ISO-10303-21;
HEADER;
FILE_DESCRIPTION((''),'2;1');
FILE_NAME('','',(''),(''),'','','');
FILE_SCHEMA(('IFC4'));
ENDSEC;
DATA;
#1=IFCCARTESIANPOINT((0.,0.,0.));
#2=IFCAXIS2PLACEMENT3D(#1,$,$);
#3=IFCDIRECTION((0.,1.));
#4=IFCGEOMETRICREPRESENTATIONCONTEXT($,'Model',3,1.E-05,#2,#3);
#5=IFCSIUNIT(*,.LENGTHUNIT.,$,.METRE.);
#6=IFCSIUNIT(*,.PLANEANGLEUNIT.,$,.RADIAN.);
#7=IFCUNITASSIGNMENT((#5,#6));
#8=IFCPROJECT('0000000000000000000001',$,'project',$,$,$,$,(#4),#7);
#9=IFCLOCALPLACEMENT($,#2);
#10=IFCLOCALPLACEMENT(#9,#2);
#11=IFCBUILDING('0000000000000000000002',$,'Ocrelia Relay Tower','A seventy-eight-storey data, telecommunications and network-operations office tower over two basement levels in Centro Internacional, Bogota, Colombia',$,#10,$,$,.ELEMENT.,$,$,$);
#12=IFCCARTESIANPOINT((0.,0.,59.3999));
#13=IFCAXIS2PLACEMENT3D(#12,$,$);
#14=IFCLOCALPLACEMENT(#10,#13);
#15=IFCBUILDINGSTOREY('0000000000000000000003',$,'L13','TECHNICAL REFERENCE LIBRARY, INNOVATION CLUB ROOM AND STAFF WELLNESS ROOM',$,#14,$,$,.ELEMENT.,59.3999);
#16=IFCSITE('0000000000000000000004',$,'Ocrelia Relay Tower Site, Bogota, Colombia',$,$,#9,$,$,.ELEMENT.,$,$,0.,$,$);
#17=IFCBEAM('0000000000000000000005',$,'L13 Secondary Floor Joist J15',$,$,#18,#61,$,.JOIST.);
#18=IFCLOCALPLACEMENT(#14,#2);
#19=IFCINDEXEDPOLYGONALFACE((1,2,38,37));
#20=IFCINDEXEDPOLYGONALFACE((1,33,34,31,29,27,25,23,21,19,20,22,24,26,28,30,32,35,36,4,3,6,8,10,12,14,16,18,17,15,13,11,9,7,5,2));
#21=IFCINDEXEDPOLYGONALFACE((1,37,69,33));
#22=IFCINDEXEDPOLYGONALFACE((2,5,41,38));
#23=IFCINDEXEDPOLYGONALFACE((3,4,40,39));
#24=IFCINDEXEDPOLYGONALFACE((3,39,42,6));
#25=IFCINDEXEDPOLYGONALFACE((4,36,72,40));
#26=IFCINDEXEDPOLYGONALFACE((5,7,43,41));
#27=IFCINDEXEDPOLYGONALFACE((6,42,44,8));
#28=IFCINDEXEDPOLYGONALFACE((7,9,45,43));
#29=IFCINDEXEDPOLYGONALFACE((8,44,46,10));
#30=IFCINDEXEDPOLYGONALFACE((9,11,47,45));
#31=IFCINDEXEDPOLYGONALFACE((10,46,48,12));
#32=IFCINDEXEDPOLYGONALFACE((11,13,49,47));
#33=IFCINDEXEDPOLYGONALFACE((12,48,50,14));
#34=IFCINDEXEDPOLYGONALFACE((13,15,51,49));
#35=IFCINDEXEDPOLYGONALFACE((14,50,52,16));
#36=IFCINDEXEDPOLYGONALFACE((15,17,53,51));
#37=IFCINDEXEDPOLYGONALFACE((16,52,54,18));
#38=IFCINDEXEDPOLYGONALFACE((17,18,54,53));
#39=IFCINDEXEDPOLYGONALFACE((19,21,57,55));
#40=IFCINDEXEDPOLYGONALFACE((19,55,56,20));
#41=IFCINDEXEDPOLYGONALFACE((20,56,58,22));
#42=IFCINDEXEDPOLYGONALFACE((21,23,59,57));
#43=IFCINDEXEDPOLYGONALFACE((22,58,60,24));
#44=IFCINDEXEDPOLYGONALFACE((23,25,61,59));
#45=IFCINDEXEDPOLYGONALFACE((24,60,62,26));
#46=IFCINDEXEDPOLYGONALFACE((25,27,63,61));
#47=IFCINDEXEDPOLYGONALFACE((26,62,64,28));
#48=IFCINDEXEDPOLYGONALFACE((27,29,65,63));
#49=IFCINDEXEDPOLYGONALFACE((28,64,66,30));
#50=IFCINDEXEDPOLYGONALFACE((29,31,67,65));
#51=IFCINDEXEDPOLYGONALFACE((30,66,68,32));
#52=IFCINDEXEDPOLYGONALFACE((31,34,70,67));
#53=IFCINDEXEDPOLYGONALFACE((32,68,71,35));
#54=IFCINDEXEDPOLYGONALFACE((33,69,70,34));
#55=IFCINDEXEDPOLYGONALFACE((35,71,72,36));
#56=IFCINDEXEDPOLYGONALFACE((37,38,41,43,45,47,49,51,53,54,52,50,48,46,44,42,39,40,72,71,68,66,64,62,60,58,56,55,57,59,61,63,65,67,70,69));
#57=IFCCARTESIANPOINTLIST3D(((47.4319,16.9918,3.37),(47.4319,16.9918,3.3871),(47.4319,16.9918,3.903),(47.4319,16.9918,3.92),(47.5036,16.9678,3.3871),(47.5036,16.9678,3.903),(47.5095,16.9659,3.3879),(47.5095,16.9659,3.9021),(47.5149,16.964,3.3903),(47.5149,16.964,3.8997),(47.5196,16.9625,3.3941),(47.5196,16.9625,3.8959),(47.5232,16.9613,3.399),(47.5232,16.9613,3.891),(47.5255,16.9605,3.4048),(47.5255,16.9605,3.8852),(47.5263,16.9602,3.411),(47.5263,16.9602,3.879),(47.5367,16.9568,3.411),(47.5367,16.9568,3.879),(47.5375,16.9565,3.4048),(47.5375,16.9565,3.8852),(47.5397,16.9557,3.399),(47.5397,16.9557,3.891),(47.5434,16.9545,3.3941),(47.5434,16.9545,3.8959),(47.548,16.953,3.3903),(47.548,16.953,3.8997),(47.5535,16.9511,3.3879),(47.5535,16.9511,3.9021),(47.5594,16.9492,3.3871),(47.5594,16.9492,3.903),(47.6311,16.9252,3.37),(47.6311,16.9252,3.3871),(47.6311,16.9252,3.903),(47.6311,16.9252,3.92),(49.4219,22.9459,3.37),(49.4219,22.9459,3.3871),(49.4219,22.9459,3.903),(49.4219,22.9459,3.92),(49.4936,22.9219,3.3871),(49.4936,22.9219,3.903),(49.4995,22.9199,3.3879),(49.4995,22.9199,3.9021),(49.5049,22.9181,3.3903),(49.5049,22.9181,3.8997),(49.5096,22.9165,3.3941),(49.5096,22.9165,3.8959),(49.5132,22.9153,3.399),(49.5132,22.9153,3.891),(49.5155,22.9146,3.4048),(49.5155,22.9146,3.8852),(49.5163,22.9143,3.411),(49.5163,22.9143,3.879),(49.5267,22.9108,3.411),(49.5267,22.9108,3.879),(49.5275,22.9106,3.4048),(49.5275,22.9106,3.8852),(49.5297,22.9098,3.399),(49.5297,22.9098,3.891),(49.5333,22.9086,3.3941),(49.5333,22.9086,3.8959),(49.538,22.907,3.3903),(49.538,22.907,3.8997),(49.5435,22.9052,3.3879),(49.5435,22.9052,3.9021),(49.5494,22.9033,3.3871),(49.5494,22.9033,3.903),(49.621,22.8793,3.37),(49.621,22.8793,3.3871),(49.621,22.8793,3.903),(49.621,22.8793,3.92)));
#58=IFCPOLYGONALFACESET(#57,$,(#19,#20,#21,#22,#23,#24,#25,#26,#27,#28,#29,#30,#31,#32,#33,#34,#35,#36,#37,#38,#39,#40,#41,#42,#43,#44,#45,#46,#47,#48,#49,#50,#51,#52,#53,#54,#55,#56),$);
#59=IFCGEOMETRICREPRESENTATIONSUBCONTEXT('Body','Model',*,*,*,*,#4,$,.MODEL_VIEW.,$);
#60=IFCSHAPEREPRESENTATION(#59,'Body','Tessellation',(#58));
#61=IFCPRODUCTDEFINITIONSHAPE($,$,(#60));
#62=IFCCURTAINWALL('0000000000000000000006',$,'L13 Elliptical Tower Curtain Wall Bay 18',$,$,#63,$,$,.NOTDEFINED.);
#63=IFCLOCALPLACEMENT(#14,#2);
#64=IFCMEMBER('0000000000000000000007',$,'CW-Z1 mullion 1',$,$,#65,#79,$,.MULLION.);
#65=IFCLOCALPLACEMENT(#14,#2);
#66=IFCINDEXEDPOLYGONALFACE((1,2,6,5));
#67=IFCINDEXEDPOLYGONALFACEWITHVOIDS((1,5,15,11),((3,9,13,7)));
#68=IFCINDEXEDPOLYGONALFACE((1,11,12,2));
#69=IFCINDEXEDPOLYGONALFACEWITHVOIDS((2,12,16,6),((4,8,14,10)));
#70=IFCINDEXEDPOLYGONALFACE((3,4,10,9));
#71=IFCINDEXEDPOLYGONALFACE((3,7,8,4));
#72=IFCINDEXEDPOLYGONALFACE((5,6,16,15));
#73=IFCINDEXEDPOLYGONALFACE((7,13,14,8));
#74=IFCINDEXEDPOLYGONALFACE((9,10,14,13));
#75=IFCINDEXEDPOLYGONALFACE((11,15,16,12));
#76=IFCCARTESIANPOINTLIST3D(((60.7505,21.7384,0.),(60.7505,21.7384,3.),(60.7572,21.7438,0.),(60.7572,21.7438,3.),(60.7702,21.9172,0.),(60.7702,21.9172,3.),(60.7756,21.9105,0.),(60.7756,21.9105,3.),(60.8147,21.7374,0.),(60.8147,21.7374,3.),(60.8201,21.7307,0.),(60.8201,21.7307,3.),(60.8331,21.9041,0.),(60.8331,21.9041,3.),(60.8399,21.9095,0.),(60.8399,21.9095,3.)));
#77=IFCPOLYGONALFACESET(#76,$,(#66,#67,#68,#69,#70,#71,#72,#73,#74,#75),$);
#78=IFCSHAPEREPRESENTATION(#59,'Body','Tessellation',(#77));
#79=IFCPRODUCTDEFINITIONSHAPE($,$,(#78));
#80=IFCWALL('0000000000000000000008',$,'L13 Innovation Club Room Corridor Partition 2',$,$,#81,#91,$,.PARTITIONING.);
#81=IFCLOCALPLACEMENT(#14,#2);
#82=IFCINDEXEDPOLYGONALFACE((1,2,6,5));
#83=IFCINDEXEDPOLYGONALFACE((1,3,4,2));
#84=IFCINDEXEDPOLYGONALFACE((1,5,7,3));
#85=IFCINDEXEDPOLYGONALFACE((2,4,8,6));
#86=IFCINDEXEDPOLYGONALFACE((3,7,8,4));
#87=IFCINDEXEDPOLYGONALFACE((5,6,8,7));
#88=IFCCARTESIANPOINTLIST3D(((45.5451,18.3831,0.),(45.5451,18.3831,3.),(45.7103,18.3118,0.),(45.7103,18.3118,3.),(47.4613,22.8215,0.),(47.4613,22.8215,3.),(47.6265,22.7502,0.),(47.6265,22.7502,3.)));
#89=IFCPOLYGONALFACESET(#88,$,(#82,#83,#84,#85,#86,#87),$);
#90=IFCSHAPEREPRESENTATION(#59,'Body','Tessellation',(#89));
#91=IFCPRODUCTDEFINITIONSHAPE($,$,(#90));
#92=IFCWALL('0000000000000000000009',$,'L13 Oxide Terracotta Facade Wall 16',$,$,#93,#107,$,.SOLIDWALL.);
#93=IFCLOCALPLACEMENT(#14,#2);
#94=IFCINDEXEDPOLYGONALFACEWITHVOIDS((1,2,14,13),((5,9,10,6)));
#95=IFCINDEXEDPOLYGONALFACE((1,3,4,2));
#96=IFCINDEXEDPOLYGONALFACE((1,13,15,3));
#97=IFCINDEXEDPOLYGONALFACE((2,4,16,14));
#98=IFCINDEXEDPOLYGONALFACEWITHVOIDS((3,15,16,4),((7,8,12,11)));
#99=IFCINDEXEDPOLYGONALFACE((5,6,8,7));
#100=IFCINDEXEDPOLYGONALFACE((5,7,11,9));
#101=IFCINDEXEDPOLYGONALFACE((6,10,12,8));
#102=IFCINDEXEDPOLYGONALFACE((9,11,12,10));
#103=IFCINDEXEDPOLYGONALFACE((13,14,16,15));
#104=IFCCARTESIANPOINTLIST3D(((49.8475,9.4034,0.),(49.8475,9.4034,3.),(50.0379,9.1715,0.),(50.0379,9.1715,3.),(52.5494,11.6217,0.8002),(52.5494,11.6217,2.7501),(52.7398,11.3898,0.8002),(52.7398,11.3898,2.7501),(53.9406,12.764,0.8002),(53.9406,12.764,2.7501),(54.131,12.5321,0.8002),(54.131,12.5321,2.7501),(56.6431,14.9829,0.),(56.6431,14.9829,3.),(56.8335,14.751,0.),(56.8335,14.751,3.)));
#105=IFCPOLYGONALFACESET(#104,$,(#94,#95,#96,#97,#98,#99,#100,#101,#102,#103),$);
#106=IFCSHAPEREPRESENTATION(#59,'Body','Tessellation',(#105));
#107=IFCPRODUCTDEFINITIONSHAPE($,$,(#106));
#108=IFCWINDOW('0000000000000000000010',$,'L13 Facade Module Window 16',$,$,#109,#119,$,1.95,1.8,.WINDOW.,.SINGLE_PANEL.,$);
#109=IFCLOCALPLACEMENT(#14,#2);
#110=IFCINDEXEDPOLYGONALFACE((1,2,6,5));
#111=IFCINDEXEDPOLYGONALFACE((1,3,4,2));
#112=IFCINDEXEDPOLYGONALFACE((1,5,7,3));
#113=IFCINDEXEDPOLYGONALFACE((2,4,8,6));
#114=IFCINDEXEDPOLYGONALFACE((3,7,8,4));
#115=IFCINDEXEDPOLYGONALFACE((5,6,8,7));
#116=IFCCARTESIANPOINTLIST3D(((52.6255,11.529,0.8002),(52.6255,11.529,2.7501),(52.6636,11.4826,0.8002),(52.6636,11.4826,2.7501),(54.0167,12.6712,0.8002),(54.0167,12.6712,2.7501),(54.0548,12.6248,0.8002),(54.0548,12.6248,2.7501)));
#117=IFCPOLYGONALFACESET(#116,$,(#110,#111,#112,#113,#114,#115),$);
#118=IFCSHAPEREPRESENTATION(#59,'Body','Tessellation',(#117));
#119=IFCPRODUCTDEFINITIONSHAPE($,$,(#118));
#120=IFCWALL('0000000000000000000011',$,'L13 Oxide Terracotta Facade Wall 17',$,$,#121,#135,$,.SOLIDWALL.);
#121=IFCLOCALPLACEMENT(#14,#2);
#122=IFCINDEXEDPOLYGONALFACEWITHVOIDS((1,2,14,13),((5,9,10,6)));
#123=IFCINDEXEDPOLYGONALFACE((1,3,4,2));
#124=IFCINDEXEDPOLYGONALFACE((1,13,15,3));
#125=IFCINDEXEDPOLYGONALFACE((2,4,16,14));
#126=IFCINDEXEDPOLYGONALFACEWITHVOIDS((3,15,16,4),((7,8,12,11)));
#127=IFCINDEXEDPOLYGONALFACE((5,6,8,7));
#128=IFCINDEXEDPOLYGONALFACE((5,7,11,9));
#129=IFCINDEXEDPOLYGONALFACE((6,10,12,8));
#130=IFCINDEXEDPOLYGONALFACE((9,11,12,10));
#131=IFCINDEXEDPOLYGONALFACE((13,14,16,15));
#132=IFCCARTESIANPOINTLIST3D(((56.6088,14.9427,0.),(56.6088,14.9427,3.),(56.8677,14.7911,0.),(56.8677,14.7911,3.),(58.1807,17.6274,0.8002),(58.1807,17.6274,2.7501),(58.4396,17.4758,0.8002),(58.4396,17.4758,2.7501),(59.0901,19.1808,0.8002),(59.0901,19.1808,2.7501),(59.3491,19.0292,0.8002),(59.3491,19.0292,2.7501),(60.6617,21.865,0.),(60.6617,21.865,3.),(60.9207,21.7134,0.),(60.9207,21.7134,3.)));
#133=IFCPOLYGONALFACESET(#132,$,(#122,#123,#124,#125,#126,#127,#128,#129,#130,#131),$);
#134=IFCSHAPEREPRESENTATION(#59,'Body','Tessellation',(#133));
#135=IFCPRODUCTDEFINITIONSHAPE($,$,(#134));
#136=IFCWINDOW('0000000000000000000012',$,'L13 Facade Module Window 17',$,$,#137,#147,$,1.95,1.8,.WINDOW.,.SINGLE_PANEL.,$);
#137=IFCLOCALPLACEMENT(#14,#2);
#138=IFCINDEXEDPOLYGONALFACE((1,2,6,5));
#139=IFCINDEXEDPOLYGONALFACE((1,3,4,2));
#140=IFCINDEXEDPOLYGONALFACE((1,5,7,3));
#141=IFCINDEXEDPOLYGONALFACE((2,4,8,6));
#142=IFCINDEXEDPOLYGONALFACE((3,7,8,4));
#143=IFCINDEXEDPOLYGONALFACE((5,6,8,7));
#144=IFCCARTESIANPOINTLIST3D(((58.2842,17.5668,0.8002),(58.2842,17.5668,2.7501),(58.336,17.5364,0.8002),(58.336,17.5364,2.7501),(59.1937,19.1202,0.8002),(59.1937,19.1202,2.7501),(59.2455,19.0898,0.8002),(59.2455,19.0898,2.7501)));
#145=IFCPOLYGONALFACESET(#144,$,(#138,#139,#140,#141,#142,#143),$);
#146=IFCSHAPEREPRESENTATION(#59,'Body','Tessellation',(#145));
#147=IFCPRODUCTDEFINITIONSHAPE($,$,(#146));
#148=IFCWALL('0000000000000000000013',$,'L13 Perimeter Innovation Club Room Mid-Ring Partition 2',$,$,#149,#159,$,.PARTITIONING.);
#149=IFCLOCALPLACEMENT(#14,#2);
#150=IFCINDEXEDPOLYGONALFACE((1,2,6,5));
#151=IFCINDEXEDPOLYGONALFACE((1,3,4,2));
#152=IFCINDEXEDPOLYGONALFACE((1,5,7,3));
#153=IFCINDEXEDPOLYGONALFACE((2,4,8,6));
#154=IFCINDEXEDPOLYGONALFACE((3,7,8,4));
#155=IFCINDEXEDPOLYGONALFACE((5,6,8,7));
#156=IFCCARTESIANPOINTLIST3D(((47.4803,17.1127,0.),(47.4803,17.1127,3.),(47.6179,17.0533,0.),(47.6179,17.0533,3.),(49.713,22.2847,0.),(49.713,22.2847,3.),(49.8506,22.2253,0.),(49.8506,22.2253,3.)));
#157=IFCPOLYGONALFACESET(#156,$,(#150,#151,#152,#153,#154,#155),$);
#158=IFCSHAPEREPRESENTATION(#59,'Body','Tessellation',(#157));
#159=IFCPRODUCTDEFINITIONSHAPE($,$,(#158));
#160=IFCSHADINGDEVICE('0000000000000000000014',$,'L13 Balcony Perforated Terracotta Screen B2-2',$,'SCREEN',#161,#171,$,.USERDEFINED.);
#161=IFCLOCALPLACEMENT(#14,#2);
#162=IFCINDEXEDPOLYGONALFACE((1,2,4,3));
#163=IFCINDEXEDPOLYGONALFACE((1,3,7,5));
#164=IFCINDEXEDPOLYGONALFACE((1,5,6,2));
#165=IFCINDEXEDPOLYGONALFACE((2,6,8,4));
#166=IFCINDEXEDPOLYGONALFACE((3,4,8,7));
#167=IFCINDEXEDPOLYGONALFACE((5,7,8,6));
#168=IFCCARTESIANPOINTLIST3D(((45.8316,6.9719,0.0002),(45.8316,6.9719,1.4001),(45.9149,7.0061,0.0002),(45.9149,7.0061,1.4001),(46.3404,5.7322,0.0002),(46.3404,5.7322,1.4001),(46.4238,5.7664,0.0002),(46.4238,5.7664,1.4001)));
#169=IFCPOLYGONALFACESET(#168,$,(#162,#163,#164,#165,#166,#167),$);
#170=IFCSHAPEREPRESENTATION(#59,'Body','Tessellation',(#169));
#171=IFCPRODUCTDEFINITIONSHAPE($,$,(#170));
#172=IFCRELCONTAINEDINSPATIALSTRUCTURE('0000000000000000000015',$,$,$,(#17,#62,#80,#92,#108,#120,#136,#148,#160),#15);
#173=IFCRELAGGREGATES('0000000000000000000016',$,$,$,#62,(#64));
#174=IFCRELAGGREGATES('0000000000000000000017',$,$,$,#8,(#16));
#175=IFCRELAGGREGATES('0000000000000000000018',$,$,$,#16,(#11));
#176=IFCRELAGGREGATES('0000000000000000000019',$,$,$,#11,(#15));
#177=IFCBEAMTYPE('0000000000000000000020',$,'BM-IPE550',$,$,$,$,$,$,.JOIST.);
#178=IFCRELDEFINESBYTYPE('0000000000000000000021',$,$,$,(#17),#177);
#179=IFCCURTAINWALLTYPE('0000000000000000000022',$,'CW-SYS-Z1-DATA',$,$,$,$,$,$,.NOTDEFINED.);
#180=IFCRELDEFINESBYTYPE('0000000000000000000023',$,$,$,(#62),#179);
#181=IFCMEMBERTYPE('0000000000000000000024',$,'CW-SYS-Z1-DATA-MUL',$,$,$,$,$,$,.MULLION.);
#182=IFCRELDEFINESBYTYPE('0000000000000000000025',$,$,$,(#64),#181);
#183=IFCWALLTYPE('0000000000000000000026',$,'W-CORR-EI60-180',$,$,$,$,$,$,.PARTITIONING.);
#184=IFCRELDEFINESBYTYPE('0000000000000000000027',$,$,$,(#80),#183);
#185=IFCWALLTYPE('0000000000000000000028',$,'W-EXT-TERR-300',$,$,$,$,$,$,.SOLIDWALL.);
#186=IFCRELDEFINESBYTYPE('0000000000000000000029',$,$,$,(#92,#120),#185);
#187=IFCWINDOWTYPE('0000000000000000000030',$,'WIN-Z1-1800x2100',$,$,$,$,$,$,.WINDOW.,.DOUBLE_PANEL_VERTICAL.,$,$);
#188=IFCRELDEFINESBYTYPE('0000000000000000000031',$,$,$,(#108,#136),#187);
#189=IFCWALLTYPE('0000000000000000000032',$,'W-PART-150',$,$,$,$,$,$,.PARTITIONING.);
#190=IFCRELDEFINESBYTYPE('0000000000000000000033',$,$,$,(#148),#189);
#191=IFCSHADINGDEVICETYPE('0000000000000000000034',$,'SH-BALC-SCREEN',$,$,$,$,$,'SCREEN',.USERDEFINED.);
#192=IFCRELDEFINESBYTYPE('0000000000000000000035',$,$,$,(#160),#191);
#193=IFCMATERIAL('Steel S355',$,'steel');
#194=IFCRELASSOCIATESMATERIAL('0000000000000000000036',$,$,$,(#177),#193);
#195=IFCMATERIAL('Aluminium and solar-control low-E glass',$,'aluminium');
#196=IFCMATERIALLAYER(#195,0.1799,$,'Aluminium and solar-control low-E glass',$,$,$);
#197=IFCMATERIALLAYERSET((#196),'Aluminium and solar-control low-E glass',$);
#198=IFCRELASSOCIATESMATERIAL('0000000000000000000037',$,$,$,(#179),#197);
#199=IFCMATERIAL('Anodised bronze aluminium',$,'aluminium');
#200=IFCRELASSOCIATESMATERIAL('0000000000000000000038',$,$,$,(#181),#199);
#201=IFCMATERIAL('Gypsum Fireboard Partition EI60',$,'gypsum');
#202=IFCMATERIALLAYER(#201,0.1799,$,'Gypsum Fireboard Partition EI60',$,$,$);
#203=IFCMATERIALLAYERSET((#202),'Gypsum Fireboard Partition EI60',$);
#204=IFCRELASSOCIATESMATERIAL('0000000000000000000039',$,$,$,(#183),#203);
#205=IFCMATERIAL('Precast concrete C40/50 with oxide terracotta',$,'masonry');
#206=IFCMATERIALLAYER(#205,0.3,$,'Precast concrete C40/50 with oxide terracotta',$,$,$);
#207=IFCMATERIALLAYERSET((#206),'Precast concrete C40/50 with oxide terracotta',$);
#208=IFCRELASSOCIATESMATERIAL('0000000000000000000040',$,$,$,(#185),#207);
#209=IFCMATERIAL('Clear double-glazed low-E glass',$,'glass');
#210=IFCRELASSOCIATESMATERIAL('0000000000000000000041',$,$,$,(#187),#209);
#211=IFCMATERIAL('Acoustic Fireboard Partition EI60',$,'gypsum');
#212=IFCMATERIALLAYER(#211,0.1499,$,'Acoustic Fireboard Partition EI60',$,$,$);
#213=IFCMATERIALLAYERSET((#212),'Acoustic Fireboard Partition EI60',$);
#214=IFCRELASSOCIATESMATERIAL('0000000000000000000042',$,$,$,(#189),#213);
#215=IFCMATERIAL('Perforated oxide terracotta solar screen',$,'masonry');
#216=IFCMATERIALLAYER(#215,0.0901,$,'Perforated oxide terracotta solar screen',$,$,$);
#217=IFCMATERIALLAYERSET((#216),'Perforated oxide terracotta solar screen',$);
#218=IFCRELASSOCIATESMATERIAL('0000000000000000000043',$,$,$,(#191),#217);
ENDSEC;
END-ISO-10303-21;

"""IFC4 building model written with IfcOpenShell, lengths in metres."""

from ifc_helpers import new_model, si_unit, direction, frame, frame_2d, origin, origin_2d, place, context, subcontext, project, spatial, rectangle, hollow_rectangle, i_section, extrude, material, layer, layer_set, material_profile, profile_set, type_object, element, fill, aggregate, save


model = new_model("IFC4")

# Units and contexts
model_context = context("Model", 3, precision=1e-05, world=origin(), true_north=direction((0.0, 1.0)))
body_context = subcontext(model_context, "Body", "Model", "MODEL_VIEW")
ifc_project = project(units=[si_unit("LENGTHUNIT", "METRE"), si_unit("PLANEANGLEUNIT", "RADIAN")], contexts=[model_context])

# Site, building, storey
site_placement = place(None, origin())
site = spatial("IfcSite", under=ifc_project, at=site_placement, Name="Ocrelia Relay Tower Site, Bogota, Colombia", CompositionType="ELEMENT", RefElevation=0.0)
building_placement = place(site_placement, origin())
building = spatial("IfcBuilding", under=site, at=building_placement, Name="Ocrelia Relay Tower", Description="A seventy-eight-storey data, telecommunications and network-operations office tower over two basement levels in Centro Internacional, Bogota, Colombia", CompositionType="ELEMENT")
storey_placement = place(building_placement, frame((0.0, 0.0, 59.3999)))
storey = spatial("IfcBuildingStorey", under=building, at=storey_placement, Name="L13", Description="TECHNICAL REFERENCE LIBRARY, INNOVATION CLUB ROOM AND STAFF WELLNESS ROOM", CompositionType="ELEMENT", Elevation=59.3999)

# Beam
ifc_material_1 = material(Name="Steel S355", Category="steel")
ifc_material_profile_1 = material_profile(ifc_material_1, i_section(OverallWidth=0.21, OverallDepth=0.55, WebThickness=0.011, FlangeThickness=0.0171, FilletRadius=0.0239, at=origin_2d()), Name="IPE 550")
ifc_profile_set_1 = profile_set([ifc_material_profile_1], Name="Steel S355")
beam_type_1 = type_object("IfcBeamType", Name="BM-IPE550", PredefinedType="JOIST", material=ifc_profile_set_1)
beam_1_placement = place(storey_placement, frame((47.5315, 16.9585, 3.645), z_axis=(0.316986, 0.94843, 0.0), x_axis=(-0.94843, 0.316986, 0.0)))
element("IfcBeam", 1, at=beam_1_placement, inside=storey, type_object=beam_type_1, Name="L13 Secondary Floor Joist J15", PredefinedType="JOIST", context=body_context, shape_type="SweptSolid", body=[
    extrude(i_section(OverallWidth=0.21, OverallDepth=0.55, WebThickness=0.011, FlangeThickness=0.0171, FilletRadius=0.0239, at=origin_2d()), origin(), (0.0, 0.0, 1.0), 6.2778),
])

# Curtain wall, member
ifc_material_2 = material(Name="Aluminium and solar-control low-E glass", Category="aluminium")
ifc_layer_1 = layer(ifc_material_2, 0.1799, Name="Aluminium and solar-control low-E glass")
ifc_layer_set_1 = layer_set([ifc_layer_1], Name="Aluminium and solar-control low-E glass")
curtain_wall_type = type_object("IfcCurtainWallType", Name="CW-SYS-Z1-DATA", PredefinedType="NOTDEFINED", material=ifc_layer_set_1)
curtain_wall_placement = place(storey_placement, origin())
curtain_wall = element("IfcCurtainWall", 2, at=curtain_wall_placement, inside=storey, type_object=curtain_wall_type, Name="L13 Elliptical Tower Curtain Wall Bay 18", PredefinedType="NOTDEFINED")
ifc_material_3 = material(Name="Anodised bronze aluminium", Category="aluminium")
ifc_material_profile_2 = material_profile(ifc_material_3, hollow_rectangle(XDim=0.0701, YDim=0.1799, WallThickness=0.0061, at=origin_2d()), Name="CW-MUL-180x70")
ifc_profile_set_2 = profile_set([ifc_material_profile_2], Name="Anodised bronze aluminium")
member_type = type_object("IfcMemberType", Name="CW-SYS-Z1-DATA-MUL", PredefinedType="MULLION", material=ifc_profile_set_2)
member_placement = place(storey_placement, frame((60.7952, 21.824, 0.0), z_axis=(0.0, 0.0, 1.0), x_axis=(-0.993941, 0.109919, 0.0)))
member = element("IfcMember", 3, at=member_placement, type_object=member_type, Name="CW-Z1 mullion 1", PredefinedType="MULLION", context=body_context, shape_type="SweptSolid", body=[
    extrude(hollow_rectangle(XDim=0.0701, YDim=0.1799, WallThickness=0.0061, at=origin_2d()), origin(), (0.0, 0.0, 1.0), 3.0),
])
aggregate(curtain_wall, [member])

# Wall
ifc_material_4 = material(Name="Gypsum Fireboard Partition EI60", Category="gypsum")
ifc_layer_2 = layer(ifc_material_4, 0.1799, Name="Gypsum Fireboard Partition EI60")
ifc_layer_set_2 = layer_set([ifc_layer_2], Name="Gypsum Fireboard Partition EI60")
wall_type_1 = type_object("IfcWallType", Name="W-CORR-EI60-180", PredefinedType="PARTITIONING", material=ifc_layer_set_2)
wall_1_placement = place(storey_placement, frame((45.6277, 18.3474, 0.0), z_axis=(0.0, 0.0, 1.0), x_axis=(0.396374, 0.918089, 0.0)))
element("IfcWall", 4, at=wall_1_placement, inside=storey, type_object=wall_type_1, Name="L13 Innovation Club Room Corridor Partition 2", PredefinedType="PARTITIONING", context=body_context, shape_type="SweptSolid", body=[
    extrude(rectangle(XDim=4.8345, YDim=0.1799, at=frame_2d((2.4172, 0.0))), origin(), (0.0, 0.0, 1.0), 3.0),
])

# Walls, openings, windows
ifc_material_5 = material(Name="Precast concrete C40/50 with oxide terracotta", Category="masonry")
ifc_layer_3 = layer(ifc_material_5, 0.3, Name="Precast concrete C40/50 with oxide terracotta")
ifc_layer_set_3 = layer_set([ifc_layer_3], Name="Precast concrete C40/50 with oxide terracotta")
wall_type_2 = type_object("IfcWallType", Name="W-EXT-TERR-300", PredefinedType="SOLIDWALL", material=ifc_layer_set_3)
wall_2_placement = place(storey_placement, frame((49.9426, 9.2874, 0.0), z_axis=(0.0, 0.0, 1.0), x_axis=(0.772869, 0.634566, 0.0)))
wall_2 = element("IfcWall", 5, at=wall_2_placement, inside=storey, type_object=wall_type_2, Name="L13 Oxide Terracotta Facade Wall 16", PredefinedType="SOLIDWALL", context=body_context, shape_type="SweptSolid", body=[
    extrude(rectangle(XDim=8.7927, YDim=0.3, at=frame_2d((4.3965, 0.0))), origin(), (0.0, 0.0, 1.0), 3.0),
])
opening_1_placement = place(wall_2_placement, frame((3.4961, 0.0, 0.8)))
opening_1 = element("IfcOpeningElement", 6, at=opening_1_placement, cuts=wall_2, PredefinedType="OPENING", context=body_context, shape_type="SweptSolid", body=[
    extrude(rectangle(XDim=1.8, YDim=1.95, at=frame_2d((0.8999, 0.9751))), frame((0.0, 0.1602, 0.0), z_axis=(0.0, -1.0, 0.0), x_axis=(1.0, 0.0, 0.0)), (0.0, 0.0, 1.0), 0.3201),
])
ifc_material_6 = material(Name="Clear double-glazed low-E glass", Category="glass")
window_type = type_object("IfcWindowType", Name="WIN-Z1-1800x2100", PartitioningType="DOUBLE_PANEL_VERTICAL", PredefinedType="WINDOW", material=ifc_material_6)
window_1_placement = place(opening_1_placement, origin())
window_1 = element("IfcWindow", 7, at=window_1_placement, inside=storey, type_object=window_type, Name="L13 Facade Module Window 16", OverallHeight=1.95, OverallWidth=1.8, PartitioningType="SINGLE_PANEL", PredefinedType="WINDOW", context=body_context, shape_type="SweptSolid", body=[
    extrude(rectangle(XDim=1.8, YDim=1.95, at=frame_2d((0.8999, 0.9751))), frame((0.0, 0.03, 0.0), z_axis=(0.0, -1.0, 0.0), x_axis=(1.0, 0.0, 0.0)), (0.0, 0.0, 1.0), 0.0601),
])
fill(opening_1, window_1)
wall_3_placement = place(storey_placement, frame((56.7383, 14.8669, 0.0), z_axis=(0.0, 0.0, 1.0), x_axis=(0.505259, 0.862968, 0.0)))
wall_3 = element("IfcWall", 8, at=wall_3_placement, inside=storey, type_object=wall_type_2, Name="L13 Oxide Terracotta Facade Wall 17", PredefinedType="SOLIDWALL", context=body_context, shape_type="SweptSolid", body=[
    extrude(rectangle(XDim=8.0215, YDim=0.3, at=frame_2d((4.0107, 0.0))), origin(), (0.0, 0.0, 1.0), 3.0),
])
opening_2_placement = place(wall_3_placement, frame((3.1111, 0.0, 0.8)))
opening_2 = element("IfcOpeningElement", 9, at=opening_2_placement, cuts=wall_3, PredefinedType="OPENING", context=body_context, shape_type="SweptSolid", body=[
    extrude(rectangle(XDim=1.8, YDim=1.95, at=frame_2d((0.8999, 0.9751))), frame((0.0, 0.1602, 0.0), z_axis=(0.0, -1.0, 0.0), x_axis=(1.0, 0.0, 0.0)), (0.0, 0.0, 1.0), 0.3201),
])
window_2_placement = place(opening_2_placement, origin())
window_2 = element("IfcWindow", 10, at=window_2_placement, inside=storey, type_object=window_type, Name="L13 Facade Module Window 17", OverallHeight=1.95, OverallWidth=1.8, PartitioningType="SINGLE_PANEL", PredefinedType="WINDOW", context=body_context, shape_type="SweptSolid", body=[
    extrude(rectangle(XDim=1.8, YDim=1.95, at=frame_2d((0.8999, 0.9751))), frame((0.0, 0.03, 0.0), z_axis=(0.0, -1.0, 0.0), x_axis=(1.0, 0.0, 0.0)), (0.0, 0.0, 1.0), 0.0601),
])
fill(opening_2, window_2)

# Wall
ifc_material_7 = material(Name="Acoustic Fireboard Partition EI60", Category="gypsum")
ifc_layer_4 = layer(ifc_material_7, 0.1499, Name="Acoustic Fireboard Partition EI60")
ifc_layer_set_4 = layer_set([ifc_layer_4], Name="Acoustic Fireboard Partition EI60")
wall_type_3 = type_object("IfcWallType", Name="W-PART-150", PredefinedType="PARTITIONING", material=ifc_layer_set_4)
wall_4_placement = place(storey_placement, frame((47.5491, 17.083, 0.0), z_axis=(0.0, 0.0, 1.0), x_axis=(0.39634, 0.918104, 0.0)))
element("IfcWall", 11, at=wall_4_placement, inside=storey, type_object=wall_type_3, Name="L13 Perimeter Innovation Club Room Mid-Ring Partition 2", PredefinedType="PARTITIONING", context=body_context, shape_type="SweptSolid", body=[
    extrude(rectangle(XDim=5.6333, YDim=0.1499, at=frame_2d((2.8167, 0.0))), origin(), (0.0, 0.0, 1.0), 3.0),
])

# Shading device
ifc_material_8 = material(Name="Perforated oxide terracotta solar screen", Category="masonry")
ifc_layer_5 = layer(ifc_material_8, 0.0901, Name="Perforated oxide terracotta solar screen")
ifc_layer_set_5 = layer_set([ifc_layer_5], Name="Perforated oxide terracotta solar screen")
shading_device_type_1 = type_object("IfcShadingDeviceType", Name="SH-BALC-SCREEN", ElementType="SCREEN", PredefinedType="USERDEFINED", material=ifc_layer_set_5)
shading_device_1_placement = place(storey_placement, frame((46.1277, 6.3691, 0.0002), z_axis=(0.0, 0.0, 1.0), x_axis=(0.379703, -0.925109, 0.0)))
element("IfcShadingDevice", 12, at=shading_device_1_placement, inside=storey, type_object=shading_device_type_1, Name="L13 Balcony Perforated Terracotta Screen B2-2", ObjectType="SCREEN", PredefinedType="USERDEFINED", context=body_context, shape_type="SweptSolid", body=[
    extrude(rectangle(XDim=1.3401, YDim=0.0901, at=origin_2d()), origin(), (0.0, 0.0, 1.0), 1.3999),
])

save(model, "model.ifc")
